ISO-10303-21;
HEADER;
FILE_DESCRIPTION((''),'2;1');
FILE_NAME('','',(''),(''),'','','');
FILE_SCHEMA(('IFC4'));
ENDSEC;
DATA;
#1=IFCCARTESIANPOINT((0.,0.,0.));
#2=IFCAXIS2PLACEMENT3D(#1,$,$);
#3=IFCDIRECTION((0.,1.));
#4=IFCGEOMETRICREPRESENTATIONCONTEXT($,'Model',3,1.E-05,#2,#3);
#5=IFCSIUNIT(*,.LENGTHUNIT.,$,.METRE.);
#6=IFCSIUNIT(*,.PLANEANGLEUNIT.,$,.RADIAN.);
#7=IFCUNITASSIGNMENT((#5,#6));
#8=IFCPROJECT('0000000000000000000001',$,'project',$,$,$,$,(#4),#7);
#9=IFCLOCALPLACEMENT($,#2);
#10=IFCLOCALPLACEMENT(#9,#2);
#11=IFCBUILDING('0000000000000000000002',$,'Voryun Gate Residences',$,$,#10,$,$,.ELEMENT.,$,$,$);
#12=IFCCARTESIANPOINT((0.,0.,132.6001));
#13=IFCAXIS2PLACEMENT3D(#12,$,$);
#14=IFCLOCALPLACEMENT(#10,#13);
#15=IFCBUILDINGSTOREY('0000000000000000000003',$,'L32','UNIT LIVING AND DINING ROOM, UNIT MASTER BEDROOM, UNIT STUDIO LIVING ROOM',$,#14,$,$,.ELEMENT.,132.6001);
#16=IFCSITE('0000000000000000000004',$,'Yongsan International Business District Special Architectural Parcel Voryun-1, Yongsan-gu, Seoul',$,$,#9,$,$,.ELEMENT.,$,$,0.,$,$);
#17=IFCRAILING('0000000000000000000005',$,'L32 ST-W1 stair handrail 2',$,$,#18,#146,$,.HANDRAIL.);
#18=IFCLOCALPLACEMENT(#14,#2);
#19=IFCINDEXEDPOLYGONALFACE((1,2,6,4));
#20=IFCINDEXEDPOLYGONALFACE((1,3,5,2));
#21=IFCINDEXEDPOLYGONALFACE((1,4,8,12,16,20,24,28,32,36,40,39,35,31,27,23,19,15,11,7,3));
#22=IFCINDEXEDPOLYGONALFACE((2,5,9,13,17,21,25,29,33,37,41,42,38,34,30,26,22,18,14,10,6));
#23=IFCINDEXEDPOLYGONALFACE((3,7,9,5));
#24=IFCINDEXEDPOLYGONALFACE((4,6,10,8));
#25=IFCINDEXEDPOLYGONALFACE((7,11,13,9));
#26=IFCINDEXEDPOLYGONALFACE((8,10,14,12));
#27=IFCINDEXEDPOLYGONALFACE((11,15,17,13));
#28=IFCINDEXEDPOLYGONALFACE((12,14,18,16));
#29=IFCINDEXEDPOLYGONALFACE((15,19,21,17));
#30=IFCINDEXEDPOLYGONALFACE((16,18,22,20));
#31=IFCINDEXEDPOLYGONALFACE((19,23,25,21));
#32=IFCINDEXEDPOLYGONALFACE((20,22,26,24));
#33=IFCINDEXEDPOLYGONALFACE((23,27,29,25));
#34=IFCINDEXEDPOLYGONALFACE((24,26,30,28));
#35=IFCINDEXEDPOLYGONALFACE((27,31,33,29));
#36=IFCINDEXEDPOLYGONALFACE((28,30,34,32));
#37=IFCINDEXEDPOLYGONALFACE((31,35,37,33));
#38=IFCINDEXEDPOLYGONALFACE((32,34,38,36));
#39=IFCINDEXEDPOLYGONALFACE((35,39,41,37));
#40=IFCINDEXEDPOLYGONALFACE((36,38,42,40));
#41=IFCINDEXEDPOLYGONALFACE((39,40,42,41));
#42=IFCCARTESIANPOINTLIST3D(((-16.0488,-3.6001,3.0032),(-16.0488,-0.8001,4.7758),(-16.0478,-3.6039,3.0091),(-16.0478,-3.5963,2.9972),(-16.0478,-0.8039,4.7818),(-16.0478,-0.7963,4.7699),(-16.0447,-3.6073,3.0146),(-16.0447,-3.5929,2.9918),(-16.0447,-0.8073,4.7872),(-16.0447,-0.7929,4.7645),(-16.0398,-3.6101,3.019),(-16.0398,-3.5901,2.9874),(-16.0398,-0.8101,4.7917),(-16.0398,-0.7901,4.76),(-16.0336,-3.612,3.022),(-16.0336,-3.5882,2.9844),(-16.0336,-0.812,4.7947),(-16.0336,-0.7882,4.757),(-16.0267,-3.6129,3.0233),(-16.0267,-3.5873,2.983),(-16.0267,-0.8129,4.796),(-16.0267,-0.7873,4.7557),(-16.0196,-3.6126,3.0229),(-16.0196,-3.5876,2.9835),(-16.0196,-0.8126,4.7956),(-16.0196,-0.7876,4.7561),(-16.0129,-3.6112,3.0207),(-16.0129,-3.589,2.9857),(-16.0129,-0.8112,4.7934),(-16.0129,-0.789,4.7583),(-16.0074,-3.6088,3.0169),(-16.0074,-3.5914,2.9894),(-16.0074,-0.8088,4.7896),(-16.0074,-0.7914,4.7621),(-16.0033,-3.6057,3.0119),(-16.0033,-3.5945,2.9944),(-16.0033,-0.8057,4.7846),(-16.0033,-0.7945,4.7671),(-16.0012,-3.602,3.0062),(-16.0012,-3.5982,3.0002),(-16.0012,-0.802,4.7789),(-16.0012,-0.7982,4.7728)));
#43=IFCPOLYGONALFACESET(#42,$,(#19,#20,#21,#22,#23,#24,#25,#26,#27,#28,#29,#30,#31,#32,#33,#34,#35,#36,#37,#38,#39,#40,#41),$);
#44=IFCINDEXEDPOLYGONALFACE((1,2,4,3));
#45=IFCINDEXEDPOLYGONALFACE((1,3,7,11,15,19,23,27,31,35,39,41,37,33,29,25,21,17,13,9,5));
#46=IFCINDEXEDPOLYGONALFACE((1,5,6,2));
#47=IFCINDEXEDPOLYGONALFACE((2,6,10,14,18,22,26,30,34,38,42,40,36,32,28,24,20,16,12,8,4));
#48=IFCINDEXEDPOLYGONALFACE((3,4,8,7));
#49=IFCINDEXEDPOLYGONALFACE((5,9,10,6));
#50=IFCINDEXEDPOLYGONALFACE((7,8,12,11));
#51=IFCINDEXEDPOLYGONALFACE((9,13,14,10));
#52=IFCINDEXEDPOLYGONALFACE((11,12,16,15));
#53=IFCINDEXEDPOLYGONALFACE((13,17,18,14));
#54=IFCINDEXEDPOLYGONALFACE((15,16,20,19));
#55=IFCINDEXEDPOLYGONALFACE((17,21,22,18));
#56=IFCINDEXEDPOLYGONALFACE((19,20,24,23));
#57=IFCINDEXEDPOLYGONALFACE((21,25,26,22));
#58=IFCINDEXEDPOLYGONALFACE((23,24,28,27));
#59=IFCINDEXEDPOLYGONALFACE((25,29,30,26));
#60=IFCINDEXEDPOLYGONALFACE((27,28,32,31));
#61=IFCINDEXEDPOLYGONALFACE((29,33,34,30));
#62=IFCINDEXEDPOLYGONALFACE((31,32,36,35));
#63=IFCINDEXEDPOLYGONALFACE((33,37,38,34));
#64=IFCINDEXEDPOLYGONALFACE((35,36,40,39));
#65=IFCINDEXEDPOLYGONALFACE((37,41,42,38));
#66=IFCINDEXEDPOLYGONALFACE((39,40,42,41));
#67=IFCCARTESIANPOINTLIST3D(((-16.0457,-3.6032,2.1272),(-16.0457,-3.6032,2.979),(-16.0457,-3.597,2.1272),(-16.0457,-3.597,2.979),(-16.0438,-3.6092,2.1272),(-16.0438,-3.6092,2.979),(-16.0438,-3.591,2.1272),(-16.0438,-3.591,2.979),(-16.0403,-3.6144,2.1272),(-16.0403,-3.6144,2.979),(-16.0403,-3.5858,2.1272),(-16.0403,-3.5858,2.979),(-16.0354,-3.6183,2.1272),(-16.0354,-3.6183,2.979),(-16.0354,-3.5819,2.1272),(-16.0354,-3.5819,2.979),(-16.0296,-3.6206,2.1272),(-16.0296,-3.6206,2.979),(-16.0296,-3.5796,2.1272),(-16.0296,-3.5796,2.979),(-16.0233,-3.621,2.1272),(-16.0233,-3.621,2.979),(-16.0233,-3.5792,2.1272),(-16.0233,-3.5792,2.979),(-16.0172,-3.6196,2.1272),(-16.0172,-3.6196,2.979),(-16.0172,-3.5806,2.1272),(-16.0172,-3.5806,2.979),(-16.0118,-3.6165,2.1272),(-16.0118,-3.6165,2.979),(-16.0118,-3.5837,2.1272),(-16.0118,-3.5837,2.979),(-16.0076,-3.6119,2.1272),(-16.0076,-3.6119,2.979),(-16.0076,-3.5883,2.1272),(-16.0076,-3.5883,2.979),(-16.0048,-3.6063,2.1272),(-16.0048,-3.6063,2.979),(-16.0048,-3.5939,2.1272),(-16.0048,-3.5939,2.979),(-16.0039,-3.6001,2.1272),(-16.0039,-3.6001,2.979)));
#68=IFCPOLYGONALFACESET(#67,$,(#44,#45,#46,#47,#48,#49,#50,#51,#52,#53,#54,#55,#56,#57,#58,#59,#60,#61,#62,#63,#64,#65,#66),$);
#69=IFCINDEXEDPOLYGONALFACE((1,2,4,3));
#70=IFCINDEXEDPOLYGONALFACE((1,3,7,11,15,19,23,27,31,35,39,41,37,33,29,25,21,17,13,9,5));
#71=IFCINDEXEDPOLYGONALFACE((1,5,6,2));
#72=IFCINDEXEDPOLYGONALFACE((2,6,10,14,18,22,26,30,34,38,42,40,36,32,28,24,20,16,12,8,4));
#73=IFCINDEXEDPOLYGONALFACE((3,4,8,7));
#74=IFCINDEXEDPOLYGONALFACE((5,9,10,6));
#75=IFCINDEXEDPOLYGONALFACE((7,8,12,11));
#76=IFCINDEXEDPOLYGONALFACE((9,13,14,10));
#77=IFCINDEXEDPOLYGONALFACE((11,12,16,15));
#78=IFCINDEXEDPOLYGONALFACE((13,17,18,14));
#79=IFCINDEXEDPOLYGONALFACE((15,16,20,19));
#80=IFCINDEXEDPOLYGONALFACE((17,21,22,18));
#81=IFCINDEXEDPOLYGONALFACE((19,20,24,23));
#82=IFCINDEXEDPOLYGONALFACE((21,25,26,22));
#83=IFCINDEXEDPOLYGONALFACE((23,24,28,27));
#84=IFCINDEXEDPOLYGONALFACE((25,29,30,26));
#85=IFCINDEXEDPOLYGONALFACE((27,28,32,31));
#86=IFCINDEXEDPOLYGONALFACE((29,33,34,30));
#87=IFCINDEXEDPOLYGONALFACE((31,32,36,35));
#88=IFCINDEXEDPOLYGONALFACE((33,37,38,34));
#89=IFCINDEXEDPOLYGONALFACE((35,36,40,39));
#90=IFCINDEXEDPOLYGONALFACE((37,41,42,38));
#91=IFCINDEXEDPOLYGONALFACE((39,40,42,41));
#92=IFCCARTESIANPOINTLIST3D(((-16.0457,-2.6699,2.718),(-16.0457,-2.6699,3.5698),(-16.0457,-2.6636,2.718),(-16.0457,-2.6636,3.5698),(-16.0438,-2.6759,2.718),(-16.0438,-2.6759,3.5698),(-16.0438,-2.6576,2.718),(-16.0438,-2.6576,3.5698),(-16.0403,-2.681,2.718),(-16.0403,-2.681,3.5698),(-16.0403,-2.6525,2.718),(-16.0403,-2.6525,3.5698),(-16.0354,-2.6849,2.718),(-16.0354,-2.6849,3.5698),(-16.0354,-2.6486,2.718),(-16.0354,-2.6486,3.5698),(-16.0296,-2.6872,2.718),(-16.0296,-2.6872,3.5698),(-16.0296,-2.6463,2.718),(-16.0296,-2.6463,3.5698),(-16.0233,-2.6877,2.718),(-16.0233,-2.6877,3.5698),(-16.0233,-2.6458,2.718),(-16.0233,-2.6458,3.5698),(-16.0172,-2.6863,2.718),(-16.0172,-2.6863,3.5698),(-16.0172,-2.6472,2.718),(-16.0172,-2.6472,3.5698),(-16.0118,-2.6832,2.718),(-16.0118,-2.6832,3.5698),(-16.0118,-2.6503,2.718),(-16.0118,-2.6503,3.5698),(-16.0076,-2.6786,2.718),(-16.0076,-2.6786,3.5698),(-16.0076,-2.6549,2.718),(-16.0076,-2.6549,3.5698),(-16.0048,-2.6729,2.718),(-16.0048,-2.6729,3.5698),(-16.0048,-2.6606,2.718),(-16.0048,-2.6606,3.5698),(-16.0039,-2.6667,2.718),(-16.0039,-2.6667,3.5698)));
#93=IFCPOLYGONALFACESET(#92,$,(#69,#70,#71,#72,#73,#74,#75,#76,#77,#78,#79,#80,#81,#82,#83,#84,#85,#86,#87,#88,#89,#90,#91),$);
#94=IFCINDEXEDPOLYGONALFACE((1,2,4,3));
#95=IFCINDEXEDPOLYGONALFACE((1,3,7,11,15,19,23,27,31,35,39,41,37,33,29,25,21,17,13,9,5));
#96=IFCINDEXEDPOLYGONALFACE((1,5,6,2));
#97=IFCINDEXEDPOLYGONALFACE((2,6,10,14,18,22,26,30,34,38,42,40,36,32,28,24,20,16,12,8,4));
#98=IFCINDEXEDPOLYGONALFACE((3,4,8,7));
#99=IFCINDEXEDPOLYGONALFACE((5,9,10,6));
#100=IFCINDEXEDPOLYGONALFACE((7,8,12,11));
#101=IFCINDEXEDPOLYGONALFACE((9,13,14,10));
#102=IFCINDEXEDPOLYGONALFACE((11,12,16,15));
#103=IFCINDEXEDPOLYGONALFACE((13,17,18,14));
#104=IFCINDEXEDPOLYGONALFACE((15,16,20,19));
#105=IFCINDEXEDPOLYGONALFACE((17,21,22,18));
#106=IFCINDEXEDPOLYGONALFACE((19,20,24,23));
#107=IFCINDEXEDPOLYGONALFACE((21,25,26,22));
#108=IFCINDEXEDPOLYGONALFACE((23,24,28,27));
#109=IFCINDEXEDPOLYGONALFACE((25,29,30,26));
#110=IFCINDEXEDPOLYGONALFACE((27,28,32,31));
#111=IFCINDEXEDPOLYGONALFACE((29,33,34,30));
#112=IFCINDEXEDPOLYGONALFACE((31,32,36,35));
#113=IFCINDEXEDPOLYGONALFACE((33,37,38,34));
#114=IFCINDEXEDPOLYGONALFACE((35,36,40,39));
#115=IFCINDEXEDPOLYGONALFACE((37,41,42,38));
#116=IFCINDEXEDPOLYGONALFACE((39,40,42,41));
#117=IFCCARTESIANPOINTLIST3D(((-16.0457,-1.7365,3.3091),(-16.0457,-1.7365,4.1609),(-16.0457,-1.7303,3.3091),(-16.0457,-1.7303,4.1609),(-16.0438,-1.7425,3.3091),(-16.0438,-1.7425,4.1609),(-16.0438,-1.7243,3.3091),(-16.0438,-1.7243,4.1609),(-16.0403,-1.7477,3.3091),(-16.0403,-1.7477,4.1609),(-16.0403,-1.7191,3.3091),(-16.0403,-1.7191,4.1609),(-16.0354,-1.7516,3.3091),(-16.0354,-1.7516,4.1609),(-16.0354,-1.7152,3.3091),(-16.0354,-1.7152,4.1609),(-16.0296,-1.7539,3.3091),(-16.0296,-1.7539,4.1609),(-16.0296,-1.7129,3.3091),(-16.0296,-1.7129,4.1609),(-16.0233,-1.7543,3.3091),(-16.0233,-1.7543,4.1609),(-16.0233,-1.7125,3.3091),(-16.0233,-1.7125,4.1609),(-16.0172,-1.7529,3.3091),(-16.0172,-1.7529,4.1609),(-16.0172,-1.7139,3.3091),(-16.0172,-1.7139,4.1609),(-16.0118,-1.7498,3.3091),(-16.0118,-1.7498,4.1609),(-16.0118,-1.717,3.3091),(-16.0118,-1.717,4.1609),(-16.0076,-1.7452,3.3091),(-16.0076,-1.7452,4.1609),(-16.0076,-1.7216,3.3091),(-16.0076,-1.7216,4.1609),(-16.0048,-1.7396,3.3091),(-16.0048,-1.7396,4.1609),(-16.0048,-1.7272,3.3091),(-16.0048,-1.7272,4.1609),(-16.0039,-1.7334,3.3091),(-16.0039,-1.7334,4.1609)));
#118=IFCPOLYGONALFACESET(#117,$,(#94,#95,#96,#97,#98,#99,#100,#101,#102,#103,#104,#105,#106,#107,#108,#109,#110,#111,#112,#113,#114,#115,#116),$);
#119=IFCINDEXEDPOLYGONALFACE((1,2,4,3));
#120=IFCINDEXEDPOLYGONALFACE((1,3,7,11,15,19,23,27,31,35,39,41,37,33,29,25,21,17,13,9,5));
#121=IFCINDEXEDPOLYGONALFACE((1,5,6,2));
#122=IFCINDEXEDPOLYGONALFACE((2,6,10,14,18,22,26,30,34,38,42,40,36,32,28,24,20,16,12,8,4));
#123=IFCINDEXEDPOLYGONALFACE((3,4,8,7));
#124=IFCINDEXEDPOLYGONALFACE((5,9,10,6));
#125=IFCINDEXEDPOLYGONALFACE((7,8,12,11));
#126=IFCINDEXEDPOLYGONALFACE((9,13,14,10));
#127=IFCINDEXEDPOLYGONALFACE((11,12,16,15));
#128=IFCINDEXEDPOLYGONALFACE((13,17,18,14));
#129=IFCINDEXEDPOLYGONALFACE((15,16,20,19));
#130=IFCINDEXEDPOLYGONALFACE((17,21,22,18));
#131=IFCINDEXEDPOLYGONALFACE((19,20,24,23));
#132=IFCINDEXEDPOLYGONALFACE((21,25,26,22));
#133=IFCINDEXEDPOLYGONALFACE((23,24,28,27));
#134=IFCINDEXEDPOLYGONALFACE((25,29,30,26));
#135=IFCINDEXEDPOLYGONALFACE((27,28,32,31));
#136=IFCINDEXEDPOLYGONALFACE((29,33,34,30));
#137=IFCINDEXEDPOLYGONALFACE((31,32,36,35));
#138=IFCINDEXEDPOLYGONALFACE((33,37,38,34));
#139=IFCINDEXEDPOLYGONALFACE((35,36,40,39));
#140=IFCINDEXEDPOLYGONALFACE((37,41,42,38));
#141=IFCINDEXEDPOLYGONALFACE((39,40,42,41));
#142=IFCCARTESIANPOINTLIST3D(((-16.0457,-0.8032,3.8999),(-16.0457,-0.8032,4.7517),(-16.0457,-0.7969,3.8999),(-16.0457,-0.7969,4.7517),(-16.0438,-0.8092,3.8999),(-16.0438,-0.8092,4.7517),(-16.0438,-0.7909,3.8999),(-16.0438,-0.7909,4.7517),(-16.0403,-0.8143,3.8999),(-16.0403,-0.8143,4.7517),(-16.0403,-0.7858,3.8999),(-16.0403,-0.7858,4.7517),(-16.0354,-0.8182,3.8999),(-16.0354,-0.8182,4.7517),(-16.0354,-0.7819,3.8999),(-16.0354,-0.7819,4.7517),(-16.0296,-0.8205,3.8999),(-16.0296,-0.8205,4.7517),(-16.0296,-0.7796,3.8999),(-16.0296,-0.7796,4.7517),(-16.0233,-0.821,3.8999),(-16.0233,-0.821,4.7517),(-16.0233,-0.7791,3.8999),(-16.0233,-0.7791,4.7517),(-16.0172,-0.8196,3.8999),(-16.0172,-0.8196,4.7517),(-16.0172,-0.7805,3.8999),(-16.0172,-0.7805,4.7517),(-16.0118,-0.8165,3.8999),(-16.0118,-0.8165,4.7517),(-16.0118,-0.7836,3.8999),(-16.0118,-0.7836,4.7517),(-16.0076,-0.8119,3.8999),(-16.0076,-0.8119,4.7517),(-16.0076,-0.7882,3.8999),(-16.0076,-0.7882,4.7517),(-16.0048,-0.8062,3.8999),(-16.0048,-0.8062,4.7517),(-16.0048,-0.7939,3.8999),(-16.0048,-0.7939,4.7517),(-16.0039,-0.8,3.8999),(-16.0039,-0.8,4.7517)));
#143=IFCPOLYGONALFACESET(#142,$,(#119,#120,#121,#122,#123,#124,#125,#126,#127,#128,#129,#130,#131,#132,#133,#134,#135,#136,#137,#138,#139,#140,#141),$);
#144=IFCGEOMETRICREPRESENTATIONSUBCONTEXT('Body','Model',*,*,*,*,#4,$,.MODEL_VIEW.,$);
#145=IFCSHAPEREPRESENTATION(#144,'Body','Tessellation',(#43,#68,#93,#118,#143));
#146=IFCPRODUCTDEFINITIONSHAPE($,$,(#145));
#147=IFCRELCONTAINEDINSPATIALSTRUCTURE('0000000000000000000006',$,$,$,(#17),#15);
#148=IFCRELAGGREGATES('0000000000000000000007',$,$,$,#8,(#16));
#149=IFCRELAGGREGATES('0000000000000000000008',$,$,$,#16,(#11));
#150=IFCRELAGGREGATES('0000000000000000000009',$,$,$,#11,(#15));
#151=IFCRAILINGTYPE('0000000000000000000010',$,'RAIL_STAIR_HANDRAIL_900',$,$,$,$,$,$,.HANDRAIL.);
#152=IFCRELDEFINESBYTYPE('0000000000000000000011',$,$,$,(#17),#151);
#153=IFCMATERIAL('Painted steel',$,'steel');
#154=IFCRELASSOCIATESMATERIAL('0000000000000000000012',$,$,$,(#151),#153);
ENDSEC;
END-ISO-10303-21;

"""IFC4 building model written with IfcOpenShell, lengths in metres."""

from ifc_helpers import new_model, si_unit, direction, frame, origin, origin_2d, place, context, subcontext, project, spatial, circle, extrude, material, type_object, element, save


model = new_model("IFC4")

# Units and contexts
model_context = context("Model", 3, precision=1e-05, world=origin(), true_north=direction((0.0, 1.0)))
body_context = subcontext(model_context, "Body", "Model", "MODEL_VIEW")
ifc_project = project(units=[si_unit("LENGTHUNIT", "METRE"), si_unit("PLANEANGLEUNIT", "RADIAN")], contexts=[model_context])

# Site, building, storey
site_placement = place(None, origin())
site = spatial("IfcSite", under=ifc_project, at=site_placement, Name="Yongsan International Business District Special Architectural Parcel Voryun-1, Yongsan-gu, Seoul", CompositionType="ELEMENT", RefElevation=0.0)
building_placement = place(site_placement, origin())
building = spatial("IfcBuilding", under=site, at=building_placement, Name="Voryun Gate Residences", CompositionType="ELEMENT")
storey_placement = place(building_placement, frame((0.0, 0.0, 132.6001)))
storey = spatial("IfcBuildingStorey", under=building, at=storey_placement, Name="L32", Description="UNIT LIVING AND DINING ROOM, UNIT MASTER BEDROOM, UNIT STUDIO LIVING ROOM", CompositionType="ELEMENT", Elevation=132.6001)

# Railing
ifc_material_1 = material(Name="Painted steel", Category="steel")
railing_type_1 = type_object("IfcRailingType", Name="RAIL_STAIR_HANDRAIL_900", PredefinedType="HANDRAIL", material=ifc_material_1)
railing_1_placement = place(storey_placement, frame((-16.0249, -3.6001, 2.1272)))
element("IfcRailing", 1, at=railing_1_placement, inside=storey, type_object=railing_type_1, Name="L32 ST-W1 stair handrail 2", PredefinedType="HANDRAIL", context=body_context, shape_type="SweptSolid", body=[
    extrude(circle(Radius=0.0239, at=origin_2d()), frame((0.0, 0.0, 0.876), z_axis=(0.0, 0.844909, 0.53491), x_axis=(-1.0, 0.0, 0.0)), (0.0, 0.0, 1.0), 3.314),
    extrude(circle(Radius=0.021, at=origin_2d()), origin(), (0.0, 0.0, 1.0), 0.8518),
    extrude(circle(Radius=0.021, at=origin_2d()), frame((0.0, 0.9333, 0.5908)), (0.0, 0.0, 1.0), 0.8518),
    extrude(circle(Radius=0.021, at=origin_2d()), frame((0.0, 1.8667, 1.1819)), (0.0, 0.0, 1.0), 0.8518),
    extrude(circle(Radius=0.021, at=origin_2d()), frame((0.0, 2.8, 1.7727)), (0.0, 0.0, 1.0), 0.8518),
])

save(model, "model.ifc")
